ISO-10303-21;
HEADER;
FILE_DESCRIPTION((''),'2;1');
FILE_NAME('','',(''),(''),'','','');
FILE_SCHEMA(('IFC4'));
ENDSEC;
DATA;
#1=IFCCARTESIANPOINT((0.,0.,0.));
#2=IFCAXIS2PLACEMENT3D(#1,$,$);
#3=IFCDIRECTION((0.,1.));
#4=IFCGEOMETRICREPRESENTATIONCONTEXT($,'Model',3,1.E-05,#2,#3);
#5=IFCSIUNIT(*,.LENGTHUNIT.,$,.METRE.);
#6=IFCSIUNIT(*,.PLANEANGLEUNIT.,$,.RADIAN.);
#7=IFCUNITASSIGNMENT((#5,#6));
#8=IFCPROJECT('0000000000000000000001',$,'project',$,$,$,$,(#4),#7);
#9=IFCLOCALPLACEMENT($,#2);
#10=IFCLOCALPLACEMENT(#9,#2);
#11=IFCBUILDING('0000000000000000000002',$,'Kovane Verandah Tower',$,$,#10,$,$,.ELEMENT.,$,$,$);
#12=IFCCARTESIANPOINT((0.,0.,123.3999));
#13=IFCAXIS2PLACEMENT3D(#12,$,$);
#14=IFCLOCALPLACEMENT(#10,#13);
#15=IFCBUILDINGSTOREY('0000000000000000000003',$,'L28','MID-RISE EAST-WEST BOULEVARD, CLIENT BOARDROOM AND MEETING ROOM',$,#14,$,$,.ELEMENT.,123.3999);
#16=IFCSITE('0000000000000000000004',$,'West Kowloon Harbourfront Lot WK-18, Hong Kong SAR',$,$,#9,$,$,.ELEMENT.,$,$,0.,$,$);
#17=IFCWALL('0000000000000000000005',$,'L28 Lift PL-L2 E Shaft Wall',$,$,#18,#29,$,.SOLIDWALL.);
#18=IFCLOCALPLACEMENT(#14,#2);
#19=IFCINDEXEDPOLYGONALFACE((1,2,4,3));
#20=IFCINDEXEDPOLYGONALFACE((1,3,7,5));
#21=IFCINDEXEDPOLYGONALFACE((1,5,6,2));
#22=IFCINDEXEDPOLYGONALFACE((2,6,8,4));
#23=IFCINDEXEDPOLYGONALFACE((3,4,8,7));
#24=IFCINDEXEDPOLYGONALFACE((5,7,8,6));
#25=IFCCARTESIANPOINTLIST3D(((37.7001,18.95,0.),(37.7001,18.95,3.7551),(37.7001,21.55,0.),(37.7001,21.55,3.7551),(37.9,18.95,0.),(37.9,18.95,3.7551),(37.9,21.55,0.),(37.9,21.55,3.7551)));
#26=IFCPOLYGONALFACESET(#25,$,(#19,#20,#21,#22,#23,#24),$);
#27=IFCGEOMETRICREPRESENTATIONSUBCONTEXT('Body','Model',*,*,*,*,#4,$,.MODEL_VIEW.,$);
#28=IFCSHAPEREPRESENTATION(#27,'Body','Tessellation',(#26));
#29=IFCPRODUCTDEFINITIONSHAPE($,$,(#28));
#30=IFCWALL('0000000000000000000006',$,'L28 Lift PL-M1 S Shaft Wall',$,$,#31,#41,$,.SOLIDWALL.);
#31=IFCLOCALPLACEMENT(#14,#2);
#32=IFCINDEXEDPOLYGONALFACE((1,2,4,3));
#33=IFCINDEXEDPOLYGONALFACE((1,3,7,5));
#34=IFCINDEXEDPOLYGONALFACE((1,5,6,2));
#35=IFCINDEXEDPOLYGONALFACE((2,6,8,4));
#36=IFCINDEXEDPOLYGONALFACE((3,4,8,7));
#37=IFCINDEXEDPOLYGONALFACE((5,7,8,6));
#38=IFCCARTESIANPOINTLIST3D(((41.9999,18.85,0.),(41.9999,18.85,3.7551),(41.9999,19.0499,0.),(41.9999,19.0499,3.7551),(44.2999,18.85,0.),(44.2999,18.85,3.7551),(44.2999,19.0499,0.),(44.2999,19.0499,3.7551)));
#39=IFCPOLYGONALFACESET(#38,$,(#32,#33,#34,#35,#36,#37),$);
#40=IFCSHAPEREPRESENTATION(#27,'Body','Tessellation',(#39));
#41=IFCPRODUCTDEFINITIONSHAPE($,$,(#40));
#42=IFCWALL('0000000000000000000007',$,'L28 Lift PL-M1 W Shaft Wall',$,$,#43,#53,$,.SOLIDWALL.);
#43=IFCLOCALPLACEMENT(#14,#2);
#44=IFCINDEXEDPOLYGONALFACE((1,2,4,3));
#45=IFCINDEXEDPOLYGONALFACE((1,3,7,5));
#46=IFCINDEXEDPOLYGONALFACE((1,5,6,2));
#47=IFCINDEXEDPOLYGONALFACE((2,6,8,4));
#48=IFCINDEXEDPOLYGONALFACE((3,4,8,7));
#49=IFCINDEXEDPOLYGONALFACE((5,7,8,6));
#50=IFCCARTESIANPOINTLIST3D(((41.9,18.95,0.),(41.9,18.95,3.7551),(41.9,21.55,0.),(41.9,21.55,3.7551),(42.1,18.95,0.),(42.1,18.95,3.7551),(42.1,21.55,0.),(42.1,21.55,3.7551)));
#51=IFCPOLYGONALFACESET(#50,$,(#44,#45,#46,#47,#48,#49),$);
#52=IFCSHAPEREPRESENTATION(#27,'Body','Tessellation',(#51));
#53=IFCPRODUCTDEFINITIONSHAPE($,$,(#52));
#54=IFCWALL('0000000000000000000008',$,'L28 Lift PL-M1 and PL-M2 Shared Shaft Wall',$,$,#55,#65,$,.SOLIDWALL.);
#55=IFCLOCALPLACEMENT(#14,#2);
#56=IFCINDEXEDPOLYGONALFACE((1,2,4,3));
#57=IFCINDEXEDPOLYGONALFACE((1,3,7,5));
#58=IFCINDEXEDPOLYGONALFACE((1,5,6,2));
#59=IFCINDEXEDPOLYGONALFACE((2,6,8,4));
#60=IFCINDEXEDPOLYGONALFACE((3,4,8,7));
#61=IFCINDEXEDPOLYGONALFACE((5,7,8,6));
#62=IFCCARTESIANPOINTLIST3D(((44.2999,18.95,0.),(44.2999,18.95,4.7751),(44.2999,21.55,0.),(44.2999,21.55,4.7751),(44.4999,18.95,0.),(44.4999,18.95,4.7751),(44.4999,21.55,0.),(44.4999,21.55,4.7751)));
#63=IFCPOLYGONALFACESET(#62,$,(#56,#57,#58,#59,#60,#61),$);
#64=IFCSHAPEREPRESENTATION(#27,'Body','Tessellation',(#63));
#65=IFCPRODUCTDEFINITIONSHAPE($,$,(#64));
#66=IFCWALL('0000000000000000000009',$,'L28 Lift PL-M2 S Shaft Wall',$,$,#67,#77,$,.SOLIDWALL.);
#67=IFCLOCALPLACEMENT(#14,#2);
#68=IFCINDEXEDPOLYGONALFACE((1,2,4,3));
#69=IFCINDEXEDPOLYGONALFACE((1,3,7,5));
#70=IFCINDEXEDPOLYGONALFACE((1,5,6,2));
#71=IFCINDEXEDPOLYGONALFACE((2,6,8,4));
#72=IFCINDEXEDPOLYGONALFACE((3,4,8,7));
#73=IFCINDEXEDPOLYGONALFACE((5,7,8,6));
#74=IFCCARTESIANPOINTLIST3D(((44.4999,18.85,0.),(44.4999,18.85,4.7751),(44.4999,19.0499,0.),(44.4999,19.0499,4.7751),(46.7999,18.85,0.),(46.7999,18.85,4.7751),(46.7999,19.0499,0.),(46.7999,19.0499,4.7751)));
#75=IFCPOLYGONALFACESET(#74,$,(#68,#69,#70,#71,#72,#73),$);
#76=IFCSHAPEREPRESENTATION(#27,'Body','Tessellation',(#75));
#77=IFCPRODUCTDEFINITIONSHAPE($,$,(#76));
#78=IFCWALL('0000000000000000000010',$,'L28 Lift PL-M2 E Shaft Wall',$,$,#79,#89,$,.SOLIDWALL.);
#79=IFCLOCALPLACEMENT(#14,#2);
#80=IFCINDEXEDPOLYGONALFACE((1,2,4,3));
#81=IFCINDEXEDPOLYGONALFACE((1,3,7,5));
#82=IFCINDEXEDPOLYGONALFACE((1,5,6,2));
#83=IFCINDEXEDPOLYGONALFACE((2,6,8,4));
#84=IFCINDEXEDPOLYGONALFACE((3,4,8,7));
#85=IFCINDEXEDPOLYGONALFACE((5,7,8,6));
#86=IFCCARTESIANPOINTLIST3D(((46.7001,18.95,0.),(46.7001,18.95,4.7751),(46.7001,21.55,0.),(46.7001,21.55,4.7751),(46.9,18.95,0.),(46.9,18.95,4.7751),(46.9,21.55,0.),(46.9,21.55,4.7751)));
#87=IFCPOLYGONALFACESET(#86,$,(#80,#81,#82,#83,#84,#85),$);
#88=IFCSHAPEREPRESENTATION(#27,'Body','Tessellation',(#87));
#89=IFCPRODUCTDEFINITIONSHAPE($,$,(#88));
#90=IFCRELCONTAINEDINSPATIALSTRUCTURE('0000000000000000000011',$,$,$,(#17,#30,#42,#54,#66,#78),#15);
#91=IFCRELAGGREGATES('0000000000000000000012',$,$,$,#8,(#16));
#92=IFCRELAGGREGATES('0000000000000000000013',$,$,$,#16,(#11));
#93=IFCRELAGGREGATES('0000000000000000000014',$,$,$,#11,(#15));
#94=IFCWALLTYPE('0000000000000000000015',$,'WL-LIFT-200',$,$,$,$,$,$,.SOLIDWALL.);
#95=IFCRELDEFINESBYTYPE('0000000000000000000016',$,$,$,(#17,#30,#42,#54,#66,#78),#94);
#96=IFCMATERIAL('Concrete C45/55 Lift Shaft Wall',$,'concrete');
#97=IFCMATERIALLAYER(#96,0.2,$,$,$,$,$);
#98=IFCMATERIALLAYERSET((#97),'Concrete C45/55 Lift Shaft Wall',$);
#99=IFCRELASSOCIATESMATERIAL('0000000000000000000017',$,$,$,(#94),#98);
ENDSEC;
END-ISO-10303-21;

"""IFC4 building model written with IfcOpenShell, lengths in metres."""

from ifc_helpers import new_model, si_unit, direction, frame, frame_2d, origin, place, context, subcontext, project, spatial, rectangle, extrude, material, layer, layer_set, type_object, element, save


model = new_model("IFC4")

# Units and contexts
model_context = context("Model", 3, precision=1e-05, world=origin(), true_north=direction((0.0, 1.0)))
body_context = subcontext(model_context, "Body", "Model", "MODEL_VIEW")
ifc_project = project(units=[si_unit("LENGTHUNIT", "METRE"), si_unit("PLANEANGLEUNIT", "RADIAN")], contexts=[model_context])

# Site, building, storey
site_placement = place(None, origin())
site = spatial("IfcSite", under=ifc_project, at=site_placement, Name="West Kowloon Harbourfront Lot WK-18, Hong Kong SAR", CompositionType="ELEMENT", RefElevation=0.0)
building_placement = place(site_placement, origin())
building = spatial("IfcBuilding", under=site, at=building_placement, Name="Kovane Verandah Tower", CompositionType="ELEMENT")
storey_placement = place(building_placement, frame((0.0, 0.0, 123.3999)))
storey = spatial("IfcBuildingStorey", under=building, at=storey_placement, Name="L28", Description="MID-RISE EAST-WEST BOULEVARD, CLIENT BOARDROOM AND MEETING ROOM", CompositionType="ELEMENT", Elevation=123.3999)

# Walls
ifc_material_1 = material(Name="Concrete C45/55 Lift Shaft Wall", Category="concrete")
ifc_layer_1 = layer(ifc_material_1, 0.2)
ifc_layer_set_1 = layer_set([ifc_layer_1], Name="Concrete C45/55 Lift Shaft Wall")
wall_type_1 = type_object("IfcWallType", Name="WL-LIFT-200", PredefinedType="SOLIDWALL", material=ifc_layer_set_1)
wall_1_placement = place(storey_placement, frame((37.8, 18.95, 0.0), z_axis=(0.0, 0.0, 1.0), x_axis=(0.0, 1.0, 0.0)))
element("IfcWall", 1, at=wall_1_placement, inside=storey, type_object=wall_type_1, Name="L28 Lift PL-L2 E Shaft Wall", PredefinedType="SOLIDWALL", context=body_context, shape_type="SweptSolid", body=[
    extrude(rectangle(XDim=2.6001, YDim=0.2, at=frame_2d((1.3, 0.0))), origin(), (0.0, 0.0, 1.0), 3.7551),
])
wall_2_placement = place(storey_placement, frame((42.0, 18.95, 0.0), z_axis=(0.0, 0.0, 1.0), x_axis=(1.0, 0.0, 0.0)))
element("IfcWall", 2, at=wall_2_placement, inside=storey, type_object=wall_type_1, Name="L28 Lift PL-M1 S Shaft Wall", PredefinedType="SOLIDWALL", context=body_context, shape_type="SweptSolid", body=[
    extrude(rectangle(XDim=2.3, YDim=0.2, at=frame_2d((1.1499, 0.0))), origin(), (0.0, 0.0, 1.0), 3.7551),
])

# Walls
wall_3_placement = place(storey_placement, frame((42.0, 21.55, 0.0), z_axis=(0.0, 0.0, 1.0), x_axis=(0.0, -1.0, 0.0)))
element("IfcWall", 3, at=wall_3_placement, inside=storey, type_object=wall_type_1, Name="L28 Lift PL-M1 W Shaft Wall", PredefinedType="SOLIDWALL", context=body_context, shape_type="SweptSolid", body=[
    extrude(rectangle(XDim=2.6001, YDim=0.2, at=frame_2d((1.3, 0.0))), origin(), (0.0, 0.0, 1.0), 3.7551),
])
wall_4_placement = place(storey_placement, frame((44.3999, 18.95, 0.0), z_axis=(0.0, 0.0, 1.0), x_axis=(0.0, 1.0, 0.0)))
element("IfcWall", 4, at=wall_4_placement, inside=storey, type_object=wall_type_1, Name="L28 Lift PL-M1 and PL-M2 Shared Shaft Wall", PredefinedType="SOLIDWALL", context=body_context, shape_type="SweptSolid", body=[
    extrude(rectangle(XDim=2.6001, YDim=0.2, at=frame_2d((1.3, 0.0))), origin(), (0.0, 0.0, 1.0), 4.7751),
])
wall_5_placement = place(storey_placement, frame((44.5, 18.95, 0.0), z_axis=(0.0, 0.0, 1.0), x_axis=(1.0, 0.0, 0.0)))
element("IfcWall", 5, at=wall_5_placement, inside=storey, type_object=wall_type_1, Name="L28 Lift PL-M2 S Shaft Wall", PredefinedType="SOLIDWALL", context=body_context, shape_type="SweptSolid", body=[
    extrude(rectangle(XDim=2.3, YDim=0.2, at=frame_2d((1.1499, 0.0))), origin(), (0.0, 0.0, 1.0), 4.7751),
])

# Wall
wall_6_placement = place(storey_placement, frame((46.8, 18.95, 0.0), z_axis=(0.0, 0.0, 1.0), x_axis=(0.0, 1.0, 0.0)))
element("IfcWall", 6, at=wall_6_placement, inside=storey, type_object=wall_type_1, Name="L28 Lift PL-M2 E Shaft Wall", PredefinedType="SOLIDWALL", context=body_context, shape_type="SweptSolid", body=[
    extrude(rectangle(XDim=2.6001, YDim=0.2, at=frame_2d((1.3, 0.0))), origin(), (0.0, 0.0, 1.0), 4.7751),
])

save(model, "model.ifc")
